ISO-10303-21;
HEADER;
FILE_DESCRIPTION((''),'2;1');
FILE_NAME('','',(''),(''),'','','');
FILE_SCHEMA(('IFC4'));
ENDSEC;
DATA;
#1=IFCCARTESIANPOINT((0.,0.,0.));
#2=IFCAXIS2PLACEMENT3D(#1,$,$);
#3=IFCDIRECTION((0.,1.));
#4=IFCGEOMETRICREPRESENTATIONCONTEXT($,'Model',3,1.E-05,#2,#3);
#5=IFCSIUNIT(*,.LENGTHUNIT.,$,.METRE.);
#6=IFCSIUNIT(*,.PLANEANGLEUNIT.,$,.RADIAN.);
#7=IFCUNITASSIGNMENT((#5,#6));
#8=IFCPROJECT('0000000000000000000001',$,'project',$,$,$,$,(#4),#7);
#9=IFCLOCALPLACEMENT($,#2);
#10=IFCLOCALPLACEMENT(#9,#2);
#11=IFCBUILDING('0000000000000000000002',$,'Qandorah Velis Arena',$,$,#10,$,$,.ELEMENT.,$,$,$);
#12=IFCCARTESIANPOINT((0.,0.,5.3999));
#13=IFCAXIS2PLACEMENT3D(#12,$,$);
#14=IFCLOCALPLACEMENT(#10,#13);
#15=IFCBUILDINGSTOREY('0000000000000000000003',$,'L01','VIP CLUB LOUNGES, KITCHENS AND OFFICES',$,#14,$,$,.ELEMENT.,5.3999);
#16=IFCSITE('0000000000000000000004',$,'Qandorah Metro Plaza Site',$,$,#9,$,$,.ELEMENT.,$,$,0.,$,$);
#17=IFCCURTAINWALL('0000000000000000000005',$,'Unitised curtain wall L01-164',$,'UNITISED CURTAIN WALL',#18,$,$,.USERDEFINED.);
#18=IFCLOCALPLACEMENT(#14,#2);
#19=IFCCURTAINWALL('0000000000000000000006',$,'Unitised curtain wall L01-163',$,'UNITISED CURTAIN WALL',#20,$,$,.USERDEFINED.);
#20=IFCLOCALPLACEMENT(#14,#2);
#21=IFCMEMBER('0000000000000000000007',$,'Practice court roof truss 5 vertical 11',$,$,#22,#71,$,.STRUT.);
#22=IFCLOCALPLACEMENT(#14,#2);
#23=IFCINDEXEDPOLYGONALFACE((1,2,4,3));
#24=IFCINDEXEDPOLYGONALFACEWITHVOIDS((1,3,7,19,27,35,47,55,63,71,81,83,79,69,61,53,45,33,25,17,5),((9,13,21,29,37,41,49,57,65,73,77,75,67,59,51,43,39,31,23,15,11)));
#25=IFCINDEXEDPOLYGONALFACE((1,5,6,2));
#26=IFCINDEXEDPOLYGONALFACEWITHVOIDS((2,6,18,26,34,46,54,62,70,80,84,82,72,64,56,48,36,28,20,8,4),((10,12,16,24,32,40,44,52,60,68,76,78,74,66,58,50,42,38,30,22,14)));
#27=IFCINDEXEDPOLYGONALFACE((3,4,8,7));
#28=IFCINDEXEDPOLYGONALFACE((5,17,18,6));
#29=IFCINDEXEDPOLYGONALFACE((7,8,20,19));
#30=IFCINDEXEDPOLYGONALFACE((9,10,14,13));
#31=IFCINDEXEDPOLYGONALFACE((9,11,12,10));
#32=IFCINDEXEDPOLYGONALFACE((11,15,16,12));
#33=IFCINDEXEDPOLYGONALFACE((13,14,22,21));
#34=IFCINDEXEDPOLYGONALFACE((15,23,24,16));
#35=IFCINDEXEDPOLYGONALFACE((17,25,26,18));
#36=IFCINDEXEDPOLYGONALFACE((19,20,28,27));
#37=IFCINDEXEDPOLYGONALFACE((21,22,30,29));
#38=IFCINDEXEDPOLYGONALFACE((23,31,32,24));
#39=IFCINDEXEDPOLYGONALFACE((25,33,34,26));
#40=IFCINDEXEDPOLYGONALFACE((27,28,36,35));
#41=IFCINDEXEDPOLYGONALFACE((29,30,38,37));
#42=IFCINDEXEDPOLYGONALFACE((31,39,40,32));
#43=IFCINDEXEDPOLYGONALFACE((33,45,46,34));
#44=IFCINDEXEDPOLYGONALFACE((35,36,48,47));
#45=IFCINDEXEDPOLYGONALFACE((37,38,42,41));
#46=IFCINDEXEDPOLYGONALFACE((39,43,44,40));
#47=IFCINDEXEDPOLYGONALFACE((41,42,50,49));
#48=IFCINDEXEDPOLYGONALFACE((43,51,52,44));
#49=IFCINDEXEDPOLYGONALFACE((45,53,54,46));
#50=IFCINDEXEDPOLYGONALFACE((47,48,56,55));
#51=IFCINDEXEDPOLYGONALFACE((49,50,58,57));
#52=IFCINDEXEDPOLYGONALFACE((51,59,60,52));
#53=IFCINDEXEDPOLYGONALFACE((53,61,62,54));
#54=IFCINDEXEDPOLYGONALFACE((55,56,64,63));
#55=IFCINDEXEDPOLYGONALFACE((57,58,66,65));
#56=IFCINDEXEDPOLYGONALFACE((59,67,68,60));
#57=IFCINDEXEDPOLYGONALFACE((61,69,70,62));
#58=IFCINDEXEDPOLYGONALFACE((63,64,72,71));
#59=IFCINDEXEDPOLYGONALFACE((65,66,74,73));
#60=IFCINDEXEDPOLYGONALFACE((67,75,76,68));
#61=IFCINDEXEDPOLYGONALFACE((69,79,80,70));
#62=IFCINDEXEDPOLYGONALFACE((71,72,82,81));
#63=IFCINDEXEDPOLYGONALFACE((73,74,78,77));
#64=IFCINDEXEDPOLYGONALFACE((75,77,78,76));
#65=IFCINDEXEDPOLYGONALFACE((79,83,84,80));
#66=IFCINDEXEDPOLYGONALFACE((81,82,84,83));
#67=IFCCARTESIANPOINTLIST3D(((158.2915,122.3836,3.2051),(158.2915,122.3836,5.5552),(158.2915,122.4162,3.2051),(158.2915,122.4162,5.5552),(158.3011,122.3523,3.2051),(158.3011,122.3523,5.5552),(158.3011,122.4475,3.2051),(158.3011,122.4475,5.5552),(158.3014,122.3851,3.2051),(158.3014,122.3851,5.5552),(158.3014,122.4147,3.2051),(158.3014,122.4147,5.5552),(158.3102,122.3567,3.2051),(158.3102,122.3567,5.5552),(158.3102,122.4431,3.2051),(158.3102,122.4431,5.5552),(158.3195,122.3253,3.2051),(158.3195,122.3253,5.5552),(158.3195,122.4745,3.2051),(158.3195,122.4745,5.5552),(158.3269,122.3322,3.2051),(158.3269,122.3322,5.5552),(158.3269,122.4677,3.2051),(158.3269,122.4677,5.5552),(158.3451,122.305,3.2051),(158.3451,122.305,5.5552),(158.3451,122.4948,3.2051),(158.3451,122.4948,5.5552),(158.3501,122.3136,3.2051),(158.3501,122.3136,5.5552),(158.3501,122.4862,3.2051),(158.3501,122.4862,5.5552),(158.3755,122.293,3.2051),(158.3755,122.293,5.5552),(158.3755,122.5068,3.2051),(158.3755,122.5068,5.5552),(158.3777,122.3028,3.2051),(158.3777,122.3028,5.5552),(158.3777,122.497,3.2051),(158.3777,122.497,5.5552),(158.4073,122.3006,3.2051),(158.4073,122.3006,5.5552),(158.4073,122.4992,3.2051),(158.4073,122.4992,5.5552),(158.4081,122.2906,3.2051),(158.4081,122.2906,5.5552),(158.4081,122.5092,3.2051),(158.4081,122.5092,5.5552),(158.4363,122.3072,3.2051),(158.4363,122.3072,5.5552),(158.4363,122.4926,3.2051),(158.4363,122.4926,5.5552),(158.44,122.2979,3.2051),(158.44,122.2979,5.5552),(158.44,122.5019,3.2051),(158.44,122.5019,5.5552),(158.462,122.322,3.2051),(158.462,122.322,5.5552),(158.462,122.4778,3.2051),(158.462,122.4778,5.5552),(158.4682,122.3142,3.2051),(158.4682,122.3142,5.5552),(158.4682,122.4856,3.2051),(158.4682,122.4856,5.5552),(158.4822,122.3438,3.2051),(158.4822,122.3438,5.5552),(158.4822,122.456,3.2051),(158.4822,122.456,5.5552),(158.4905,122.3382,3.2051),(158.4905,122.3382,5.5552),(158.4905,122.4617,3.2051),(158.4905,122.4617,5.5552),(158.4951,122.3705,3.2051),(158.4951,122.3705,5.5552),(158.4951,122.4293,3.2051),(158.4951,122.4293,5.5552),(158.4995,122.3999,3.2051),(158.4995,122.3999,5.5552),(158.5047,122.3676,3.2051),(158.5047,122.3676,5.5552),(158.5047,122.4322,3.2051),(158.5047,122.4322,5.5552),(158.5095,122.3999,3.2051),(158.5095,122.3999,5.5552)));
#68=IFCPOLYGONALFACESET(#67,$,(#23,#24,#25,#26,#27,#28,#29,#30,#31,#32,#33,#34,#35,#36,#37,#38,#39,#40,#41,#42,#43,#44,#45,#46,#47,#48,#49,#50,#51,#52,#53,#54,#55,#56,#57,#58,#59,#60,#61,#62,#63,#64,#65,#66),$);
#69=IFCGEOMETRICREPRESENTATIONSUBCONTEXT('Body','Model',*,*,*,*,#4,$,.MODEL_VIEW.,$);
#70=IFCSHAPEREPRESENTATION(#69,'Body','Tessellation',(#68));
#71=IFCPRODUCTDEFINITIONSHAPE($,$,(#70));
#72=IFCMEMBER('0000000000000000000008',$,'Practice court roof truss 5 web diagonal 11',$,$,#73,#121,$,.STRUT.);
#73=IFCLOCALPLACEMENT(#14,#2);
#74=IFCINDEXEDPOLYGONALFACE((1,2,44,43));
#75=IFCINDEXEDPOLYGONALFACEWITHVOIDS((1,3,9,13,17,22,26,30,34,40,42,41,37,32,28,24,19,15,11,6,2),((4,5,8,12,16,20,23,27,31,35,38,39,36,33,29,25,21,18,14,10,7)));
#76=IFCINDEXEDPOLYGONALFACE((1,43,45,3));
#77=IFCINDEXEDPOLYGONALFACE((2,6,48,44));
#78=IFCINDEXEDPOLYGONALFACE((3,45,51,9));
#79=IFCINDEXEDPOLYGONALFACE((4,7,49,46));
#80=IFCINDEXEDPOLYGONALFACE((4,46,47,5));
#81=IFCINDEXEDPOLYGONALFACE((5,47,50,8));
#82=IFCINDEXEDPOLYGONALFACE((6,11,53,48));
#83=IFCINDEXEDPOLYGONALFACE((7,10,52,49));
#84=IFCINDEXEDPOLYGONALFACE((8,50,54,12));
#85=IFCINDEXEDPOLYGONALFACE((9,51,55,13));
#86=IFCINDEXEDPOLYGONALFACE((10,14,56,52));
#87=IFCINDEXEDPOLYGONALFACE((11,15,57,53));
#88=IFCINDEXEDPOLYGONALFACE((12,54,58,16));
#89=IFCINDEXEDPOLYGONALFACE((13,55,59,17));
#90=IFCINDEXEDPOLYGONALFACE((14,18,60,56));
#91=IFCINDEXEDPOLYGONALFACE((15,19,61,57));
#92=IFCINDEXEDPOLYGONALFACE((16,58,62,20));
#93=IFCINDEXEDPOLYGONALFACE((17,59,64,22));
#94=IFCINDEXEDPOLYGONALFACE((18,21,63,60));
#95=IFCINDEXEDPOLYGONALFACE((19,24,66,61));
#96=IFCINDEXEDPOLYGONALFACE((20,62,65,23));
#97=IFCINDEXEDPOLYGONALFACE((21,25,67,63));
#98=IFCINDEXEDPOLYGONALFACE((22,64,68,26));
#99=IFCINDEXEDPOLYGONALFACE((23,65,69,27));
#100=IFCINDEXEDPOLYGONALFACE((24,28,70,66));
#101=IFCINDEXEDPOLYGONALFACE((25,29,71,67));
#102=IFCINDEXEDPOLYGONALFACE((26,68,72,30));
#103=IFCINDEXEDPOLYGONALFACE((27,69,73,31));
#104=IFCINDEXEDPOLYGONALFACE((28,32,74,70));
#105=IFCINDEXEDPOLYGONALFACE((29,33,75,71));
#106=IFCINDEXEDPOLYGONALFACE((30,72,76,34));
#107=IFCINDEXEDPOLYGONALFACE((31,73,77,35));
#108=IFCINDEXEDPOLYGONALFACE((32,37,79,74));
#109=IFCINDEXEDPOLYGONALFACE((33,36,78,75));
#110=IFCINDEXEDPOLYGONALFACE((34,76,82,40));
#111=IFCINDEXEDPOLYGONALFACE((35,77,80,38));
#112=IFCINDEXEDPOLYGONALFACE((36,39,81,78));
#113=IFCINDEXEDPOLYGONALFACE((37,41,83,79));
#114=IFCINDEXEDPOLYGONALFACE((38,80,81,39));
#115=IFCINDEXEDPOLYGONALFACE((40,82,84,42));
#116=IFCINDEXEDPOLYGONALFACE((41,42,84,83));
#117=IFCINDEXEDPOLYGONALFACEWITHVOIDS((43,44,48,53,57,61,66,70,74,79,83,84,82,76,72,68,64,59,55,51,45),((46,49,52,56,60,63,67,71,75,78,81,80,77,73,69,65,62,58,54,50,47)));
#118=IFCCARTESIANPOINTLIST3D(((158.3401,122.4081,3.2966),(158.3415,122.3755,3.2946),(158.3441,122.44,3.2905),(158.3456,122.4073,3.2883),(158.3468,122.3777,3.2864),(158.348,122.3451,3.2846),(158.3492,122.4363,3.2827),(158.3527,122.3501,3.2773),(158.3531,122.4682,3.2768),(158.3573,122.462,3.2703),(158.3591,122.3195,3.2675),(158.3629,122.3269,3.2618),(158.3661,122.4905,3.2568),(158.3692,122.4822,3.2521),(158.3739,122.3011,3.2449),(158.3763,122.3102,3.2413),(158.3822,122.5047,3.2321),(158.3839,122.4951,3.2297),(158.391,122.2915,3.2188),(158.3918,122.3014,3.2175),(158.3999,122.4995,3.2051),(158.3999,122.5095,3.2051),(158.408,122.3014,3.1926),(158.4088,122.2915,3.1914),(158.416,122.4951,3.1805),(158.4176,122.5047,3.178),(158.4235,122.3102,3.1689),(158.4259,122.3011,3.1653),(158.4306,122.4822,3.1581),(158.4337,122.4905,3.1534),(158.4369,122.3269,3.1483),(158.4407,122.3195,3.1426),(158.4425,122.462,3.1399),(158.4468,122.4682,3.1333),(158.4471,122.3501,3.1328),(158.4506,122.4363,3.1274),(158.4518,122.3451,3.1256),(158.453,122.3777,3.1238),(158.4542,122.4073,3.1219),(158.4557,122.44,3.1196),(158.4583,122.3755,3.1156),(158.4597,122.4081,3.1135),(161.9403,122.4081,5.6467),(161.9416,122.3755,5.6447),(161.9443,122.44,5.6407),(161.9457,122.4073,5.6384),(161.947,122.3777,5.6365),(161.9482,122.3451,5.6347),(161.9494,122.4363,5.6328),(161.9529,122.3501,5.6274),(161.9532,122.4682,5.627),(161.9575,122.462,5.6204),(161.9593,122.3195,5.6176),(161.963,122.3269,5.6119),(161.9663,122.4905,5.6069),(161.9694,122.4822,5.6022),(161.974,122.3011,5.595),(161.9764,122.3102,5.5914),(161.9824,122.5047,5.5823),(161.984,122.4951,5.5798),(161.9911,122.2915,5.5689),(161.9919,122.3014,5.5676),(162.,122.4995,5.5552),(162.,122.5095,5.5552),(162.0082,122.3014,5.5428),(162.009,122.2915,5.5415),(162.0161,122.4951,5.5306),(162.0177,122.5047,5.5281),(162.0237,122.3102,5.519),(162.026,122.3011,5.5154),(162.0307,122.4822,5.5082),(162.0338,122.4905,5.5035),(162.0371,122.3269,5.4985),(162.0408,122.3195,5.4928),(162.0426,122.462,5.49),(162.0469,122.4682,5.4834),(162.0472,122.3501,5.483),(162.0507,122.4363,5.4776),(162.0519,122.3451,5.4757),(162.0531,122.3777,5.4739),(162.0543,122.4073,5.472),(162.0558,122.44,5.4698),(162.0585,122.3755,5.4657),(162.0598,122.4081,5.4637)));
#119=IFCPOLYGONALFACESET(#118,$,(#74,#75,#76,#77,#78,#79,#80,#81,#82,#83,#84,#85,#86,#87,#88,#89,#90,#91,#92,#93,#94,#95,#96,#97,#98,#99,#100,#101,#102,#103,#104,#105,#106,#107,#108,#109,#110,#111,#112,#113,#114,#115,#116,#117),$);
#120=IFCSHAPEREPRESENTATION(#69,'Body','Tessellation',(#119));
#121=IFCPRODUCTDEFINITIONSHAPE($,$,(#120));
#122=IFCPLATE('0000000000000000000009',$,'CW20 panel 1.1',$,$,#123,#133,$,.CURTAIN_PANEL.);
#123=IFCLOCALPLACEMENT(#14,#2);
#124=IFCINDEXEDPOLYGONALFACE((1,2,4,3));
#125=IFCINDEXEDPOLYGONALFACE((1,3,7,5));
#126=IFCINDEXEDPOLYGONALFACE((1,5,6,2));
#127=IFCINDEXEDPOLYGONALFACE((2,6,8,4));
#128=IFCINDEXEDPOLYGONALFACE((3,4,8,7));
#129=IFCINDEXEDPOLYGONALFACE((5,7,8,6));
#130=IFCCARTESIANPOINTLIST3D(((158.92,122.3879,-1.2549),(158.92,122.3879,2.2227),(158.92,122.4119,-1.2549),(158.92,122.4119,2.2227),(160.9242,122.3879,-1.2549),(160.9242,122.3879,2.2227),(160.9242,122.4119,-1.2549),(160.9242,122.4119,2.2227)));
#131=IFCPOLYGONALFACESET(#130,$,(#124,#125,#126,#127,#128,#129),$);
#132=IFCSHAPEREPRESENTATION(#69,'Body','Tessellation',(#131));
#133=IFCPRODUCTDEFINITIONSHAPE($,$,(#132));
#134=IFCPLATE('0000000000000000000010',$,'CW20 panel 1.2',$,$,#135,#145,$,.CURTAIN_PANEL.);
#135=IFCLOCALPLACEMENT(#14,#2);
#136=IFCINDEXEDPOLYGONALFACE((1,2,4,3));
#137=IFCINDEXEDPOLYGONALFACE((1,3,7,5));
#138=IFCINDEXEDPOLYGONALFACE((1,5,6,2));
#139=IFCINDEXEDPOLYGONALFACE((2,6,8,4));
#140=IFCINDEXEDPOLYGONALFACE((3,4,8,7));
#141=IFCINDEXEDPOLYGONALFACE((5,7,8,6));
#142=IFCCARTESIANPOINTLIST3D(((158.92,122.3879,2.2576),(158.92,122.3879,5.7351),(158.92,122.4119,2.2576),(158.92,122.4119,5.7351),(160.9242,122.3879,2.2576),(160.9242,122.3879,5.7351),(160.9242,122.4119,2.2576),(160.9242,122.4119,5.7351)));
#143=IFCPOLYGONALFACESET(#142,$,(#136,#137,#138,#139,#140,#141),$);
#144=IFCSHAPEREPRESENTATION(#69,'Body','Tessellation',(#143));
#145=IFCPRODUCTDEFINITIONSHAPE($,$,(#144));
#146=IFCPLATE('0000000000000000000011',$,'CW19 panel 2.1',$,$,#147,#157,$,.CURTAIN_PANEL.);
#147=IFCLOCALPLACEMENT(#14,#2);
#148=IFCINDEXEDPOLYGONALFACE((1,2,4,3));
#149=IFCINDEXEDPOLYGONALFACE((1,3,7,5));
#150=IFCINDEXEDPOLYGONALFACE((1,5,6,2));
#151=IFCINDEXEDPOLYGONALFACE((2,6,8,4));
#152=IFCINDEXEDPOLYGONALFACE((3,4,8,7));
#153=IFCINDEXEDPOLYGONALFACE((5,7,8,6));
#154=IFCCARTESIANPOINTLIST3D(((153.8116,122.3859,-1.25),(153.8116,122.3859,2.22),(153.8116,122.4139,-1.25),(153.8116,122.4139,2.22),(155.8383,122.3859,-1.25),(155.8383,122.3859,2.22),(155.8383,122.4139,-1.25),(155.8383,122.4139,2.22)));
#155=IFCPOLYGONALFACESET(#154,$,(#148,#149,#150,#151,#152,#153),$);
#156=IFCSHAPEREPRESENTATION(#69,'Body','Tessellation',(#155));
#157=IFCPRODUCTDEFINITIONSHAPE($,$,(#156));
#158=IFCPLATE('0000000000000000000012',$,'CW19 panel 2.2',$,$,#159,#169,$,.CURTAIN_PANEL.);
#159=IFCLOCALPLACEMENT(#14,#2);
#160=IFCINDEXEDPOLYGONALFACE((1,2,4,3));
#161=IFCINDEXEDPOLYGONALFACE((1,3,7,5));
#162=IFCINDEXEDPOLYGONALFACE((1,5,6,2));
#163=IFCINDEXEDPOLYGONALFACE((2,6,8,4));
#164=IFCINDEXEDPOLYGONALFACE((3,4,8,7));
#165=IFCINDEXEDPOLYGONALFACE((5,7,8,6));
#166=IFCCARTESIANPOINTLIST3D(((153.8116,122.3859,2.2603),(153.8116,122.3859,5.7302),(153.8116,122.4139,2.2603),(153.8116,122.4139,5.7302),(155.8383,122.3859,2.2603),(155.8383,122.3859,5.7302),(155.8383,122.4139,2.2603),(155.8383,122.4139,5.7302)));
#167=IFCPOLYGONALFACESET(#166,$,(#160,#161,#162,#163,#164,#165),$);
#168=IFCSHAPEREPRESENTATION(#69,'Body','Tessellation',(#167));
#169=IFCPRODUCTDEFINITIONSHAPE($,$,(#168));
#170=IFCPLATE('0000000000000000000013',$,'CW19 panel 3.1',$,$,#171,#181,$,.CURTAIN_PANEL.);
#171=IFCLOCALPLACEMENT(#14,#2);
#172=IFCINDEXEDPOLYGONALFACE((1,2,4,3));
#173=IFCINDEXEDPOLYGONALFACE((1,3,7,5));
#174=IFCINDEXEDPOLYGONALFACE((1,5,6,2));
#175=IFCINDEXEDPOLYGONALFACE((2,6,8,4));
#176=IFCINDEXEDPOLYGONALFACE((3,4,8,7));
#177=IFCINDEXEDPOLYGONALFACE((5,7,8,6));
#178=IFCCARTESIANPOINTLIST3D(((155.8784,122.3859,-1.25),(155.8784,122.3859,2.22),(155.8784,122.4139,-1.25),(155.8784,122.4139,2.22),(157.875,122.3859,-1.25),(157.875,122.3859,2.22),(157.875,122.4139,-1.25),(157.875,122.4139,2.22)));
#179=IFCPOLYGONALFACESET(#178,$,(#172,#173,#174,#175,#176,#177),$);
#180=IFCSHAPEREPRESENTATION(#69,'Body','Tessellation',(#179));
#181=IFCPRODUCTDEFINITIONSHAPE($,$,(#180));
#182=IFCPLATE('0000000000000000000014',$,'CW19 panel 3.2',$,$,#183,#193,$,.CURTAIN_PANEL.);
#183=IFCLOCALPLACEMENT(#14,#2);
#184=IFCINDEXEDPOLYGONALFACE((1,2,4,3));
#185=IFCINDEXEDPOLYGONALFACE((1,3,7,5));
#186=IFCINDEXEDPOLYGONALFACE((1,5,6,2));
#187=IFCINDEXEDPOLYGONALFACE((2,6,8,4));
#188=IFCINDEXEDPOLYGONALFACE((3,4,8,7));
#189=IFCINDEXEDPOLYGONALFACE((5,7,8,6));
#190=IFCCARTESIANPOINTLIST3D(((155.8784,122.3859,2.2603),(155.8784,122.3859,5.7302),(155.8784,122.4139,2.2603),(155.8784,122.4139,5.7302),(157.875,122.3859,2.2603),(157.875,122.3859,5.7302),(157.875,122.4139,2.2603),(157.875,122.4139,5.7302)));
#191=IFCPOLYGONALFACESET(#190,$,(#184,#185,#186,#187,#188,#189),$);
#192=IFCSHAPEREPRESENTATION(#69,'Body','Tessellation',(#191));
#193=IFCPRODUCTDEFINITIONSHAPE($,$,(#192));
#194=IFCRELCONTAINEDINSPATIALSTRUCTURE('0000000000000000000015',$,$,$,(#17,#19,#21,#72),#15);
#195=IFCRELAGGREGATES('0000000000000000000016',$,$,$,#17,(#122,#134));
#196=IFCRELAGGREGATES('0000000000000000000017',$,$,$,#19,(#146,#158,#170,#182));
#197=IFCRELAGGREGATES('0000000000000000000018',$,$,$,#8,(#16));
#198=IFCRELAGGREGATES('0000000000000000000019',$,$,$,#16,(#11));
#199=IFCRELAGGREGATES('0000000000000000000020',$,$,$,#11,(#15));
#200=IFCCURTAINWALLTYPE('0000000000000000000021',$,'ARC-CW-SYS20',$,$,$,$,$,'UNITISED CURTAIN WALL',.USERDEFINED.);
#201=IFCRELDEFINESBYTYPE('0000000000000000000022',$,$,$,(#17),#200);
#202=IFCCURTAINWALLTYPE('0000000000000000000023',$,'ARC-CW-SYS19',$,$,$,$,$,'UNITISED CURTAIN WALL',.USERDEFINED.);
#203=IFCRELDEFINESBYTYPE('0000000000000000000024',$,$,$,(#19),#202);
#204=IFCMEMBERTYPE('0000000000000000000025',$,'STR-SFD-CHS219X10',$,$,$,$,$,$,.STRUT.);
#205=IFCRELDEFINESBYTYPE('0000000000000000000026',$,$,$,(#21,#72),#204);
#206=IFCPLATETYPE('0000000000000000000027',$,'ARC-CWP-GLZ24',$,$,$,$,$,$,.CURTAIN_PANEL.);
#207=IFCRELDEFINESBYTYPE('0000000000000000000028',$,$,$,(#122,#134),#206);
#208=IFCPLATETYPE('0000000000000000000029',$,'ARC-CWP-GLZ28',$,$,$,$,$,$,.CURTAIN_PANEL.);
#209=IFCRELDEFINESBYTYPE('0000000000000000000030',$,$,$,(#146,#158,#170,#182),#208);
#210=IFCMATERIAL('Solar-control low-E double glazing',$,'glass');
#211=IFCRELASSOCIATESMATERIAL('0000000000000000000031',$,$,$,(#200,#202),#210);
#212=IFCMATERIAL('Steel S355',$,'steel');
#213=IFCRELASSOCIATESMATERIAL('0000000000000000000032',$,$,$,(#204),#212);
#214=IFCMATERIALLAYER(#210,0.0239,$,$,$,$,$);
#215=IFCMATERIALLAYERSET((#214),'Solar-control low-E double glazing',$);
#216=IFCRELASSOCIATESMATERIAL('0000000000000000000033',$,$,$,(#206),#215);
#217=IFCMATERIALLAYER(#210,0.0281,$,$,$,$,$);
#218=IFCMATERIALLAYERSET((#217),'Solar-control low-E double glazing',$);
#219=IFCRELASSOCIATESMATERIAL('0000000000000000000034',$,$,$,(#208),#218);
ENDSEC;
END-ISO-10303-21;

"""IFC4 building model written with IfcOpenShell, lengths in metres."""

from ifc_helpers import new_model, si_unit, direction, frame, origin, origin_2d, place, context, subcontext, project, spatial, rectangle, hollow_circle, extrude, material, layer, layer_set, material_profile, profile_set, type_object, element, aggregate, save


model = new_model("IFC4")

# Units and contexts
model_context = context("Model", 3, precision=1e-05, world=origin(), true_north=direction((0.0, 1.0)))
body_context = subcontext(model_context, "Body", "Model", "MODEL_VIEW")
ifc_project = project(units=[si_unit("LENGTHUNIT", "METRE"), si_unit("PLANEANGLEUNIT", "RADIAN")], contexts=[model_context])

# Site, building, storey
site_placement = place(None, origin())
site = spatial("IfcSite", under=ifc_project, at=site_placement, Name="Qandorah Metro Plaza Site", CompositionType="ELEMENT", RefElevation=0.0)
building_placement = place(site_placement, origin())
building = spatial("IfcBuilding", under=site, at=building_placement, Name="Qandorah Velis Arena", CompositionType="ELEMENT")
storey_placement = place(building_placement, frame((0.0, 0.0, 5.3999)))
storey = spatial("IfcBuildingStorey", under=building, at=storey_placement, Name="L01", Description="VIP CLUB LOUNGES, KITCHENS AND OFFICES", CompositionType="ELEMENT", Elevation=5.3999)

# Curtain wall
ifc_material_1 = material(Name="Solar-control low-E double glazing", Category="glass")
curtain_wall_type_1 = type_object("IfcCurtainWallType", Name="ARC-CW-SYS20", ElementType="UNITISED CURTAIN WALL", PredefinedType="USERDEFINED", material=ifc_material_1)
curtain_wall_1_placement = place(storey_placement, origin())
curtain_wall_1 = element("IfcCurtainWall", 1, at=curtain_wall_1_placement, inside=storey, type_object=curtain_wall_type_1, Name="Unitised curtain wall L01-164", ObjectType="UNITISED CURTAIN WALL", PredefinedType="USERDEFINED")

# Curtain wall
curtain_wall_type_2 = type_object("IfcCurtainWallType", Name="ARC-CW-SYS19", ElementType="UNITISED CURTAIN WALL", PredefinedType="USERDEFINED", material=ifc_material_1)
curtain_wall_2_placement = place(storey_placement, origin())
curtain_wall_2 = element("IfcCurtainWall", 2, at=curtain_wall_2_placement, inside=storey, type_object=curtain_wall_type_2, Name="Unitised curtain wall L01-163", ObjectType="UNITISED CURTAIN WALL", PredefinedType="USERDEFINED")

# Members
ifc_material_2 = material(Name="Steel S355", Category="steel")
ifc_material_profile_1 = material_profile(ifc_material_2, hollow_circle(Radius=0.1096, WallThickness=0.01, at=origin_2d()), Name="CHS 219.1x10")
ifc_profile_set_1 = profile_set([ifc_material_profile_1], Name="Steel S355")
member_type_1 = type_object("IfcMemberType", Name="STR-SFD-CHS219X10", PredefinedType="STRUT", material=ifc_profile_set_1)
member_1_placement = place(storey_placement, frame((158.3999, 122.3999, 3.2051), z_axis=(0.0, 0.0, 1.0), x_axis=(1.0, 0.0, 0.0)))
element("IfcMember", 3, at=member_1_placement, inside=storey, type_object=member_type_1, Name="Practice court roof truss 5 vertical 11", PredefinedType="STRUT", context=body_context, shape_type="SweptSolid", body=[
    extrude(hollow_circle(Radius=0.1096, WallThickness=0.01, at=origin_2d()), origin(), (0.0, 0.0, 1.0), 2.3501),
])
member_2_placement = place(storey_placement, frame((158.3999, 122.3999, 3.2051), z_axis=(0.837376, 0.0, 0.546628), x_axis=(0.0, 1.0, 0.0)))
element("IfcMember", 4, at=member_2_placement, inside=storey, type_object=member_type_1, Name="Practice court roof truss 5 web diagonal 11", PredefinedType="STRUT", context=body_context, shape_type="SweptSolid", body=[
    extrude(hollow_circle(Radius=0.1096, WallThickness=0.01, at=origin_2d()), origin(), (0.0, 0.0, 1.0), 4.2993),
])

# Plates
ifc_layer_1 = layer(ifc_material_1, 0.0239)
ifc_layer_set_1 = layer_set([ifc_layer_1], Name="Solar-control low-E double glazing")
plate_type_1 = type_object("IfcPlateType", Name="ARC-CWP-GLZ24", PredefinedType="CURTAIN_PANEL", material=ifc_layer_set_1)
plate_1_placement = place(storey_placement, frame((159.9221, 122.3999, -1.2549), z_axis=(0.0, 0.0, 1.0), x_axis=(1.0, 0.0, 0.0)))
plate_1 = element("IfcPlate", 5, at=plate_1_placement, type_object=plate_type_1, Name="CW20 panel 1.1", PredefinedType="CURTAIN_PANEL", context=body_context, shape_type="SweptSolid", body=[
    extrude(rectangle(XDim=2.0042, YDim=0.0239, at=origin_2d()), origin(), (0.0, 0.0, 1.0), 3.4775),
])
plate_2_placement = place(storey_placement, frame((159.9221, 122.3999, 2.2576), z_axis=(0.0, 0.0, 1.0), x_axis=(1.0, 0.0, 0.0)))
plate_2 = element("IfcPlate", 6, at=plate_2_placement, type_object=plate_type_1, Name="CW20 panel 1.2", PredefinedType="CURTAIN_PANEL", context=body_context, shape_type="SweptSolid", body=[
    extrude(rectangle(XDim=2.0042, YDim=0.0239, at=origin_2d()), origin(), (0.0, 0.0, 1.0), 3.4775),
])
aggregate(curtain_wall_1, [plate_1, plate_2])
ifc_layer_2 = layer(ifc_material_1, 0.0281)
ifc_layer_set_2 = layer_set([ifc_layer_2], Name="Solar-control low-E double glazing")
plate_type_2 = type_object("IfcPlateType", Name="ARC-CWP-GLZ28", PredefinedType="CURTAIN_PANEL", material=ifc_layer_set_2)
plate_3_placement = place(storey_placement, frame((154.825, 122.3999, -1.25), z_axis=(0.0, 0.0, 1.0), x_axis=(1.0, 0.0, 0.0)))
plate_3 = element("IfcPlate", 7, at=plate_3_placement, type_object=plate_type_2, Name="CW19 panel 2.1", PredefinedType="CURTAIN_PANEL", context=body_context, shape_type="SweptSolid", body=[
    extrude(rectangle(XDim=2.0266, YDim=0.0281, at=origin_2d()), origin(), (0.0, 0.0, 1.0), 3.47),
])
plate_4_placement = place(storey_placement, frame((154.825, 122.3999, 2.2603), z_axis=(0.0, 0.0, 1.0), x_axis=(1.0, 0.0, 0.0)))
plate_4 = element("IfcPlate", 8, at=plate_4_placement, type_object=plate_type_2, Name="CW19 panel 2.2", PredefinedType="CURTAIN_PANEL", context=body_context, shape_type="SweptSolid", body=[
    extrude(rectangle(XDim=2.0266, YDim=0.0281, at=origin_2d()), origin(), (0.0, 0.0, 1.0), 3.47),
])
plate_5_placement = place(storey_placement, frame((156.8767, 122.3999, -1.25), z_axis=(0.0, 0.0, 1.0), x_axis=(1.0, 0.0, 0.0)))
plate_5 = element("IfcPlate", 9, at=plate_5_placement, type_object=plate_type_2, Name="CW19 panel 3.1", PredefinedType="CURTAIN_PANEL", context=body_context, shape_type="SweptSolid", body=[
    extrude(rectangle(XDim=1.9966, YDim=0.0281, at=origin_2d()), origin(), (0.0, 0.0, 1.0), 3.47),
])
plate_6_placement = place(storey_placement, frame((156.8767, 122.3999, 2.2603), z_axis=(0.0, 0.0, 1.0), x_axis=(1.0, 0.0, 0.0)))
plate_6 = element("IfcPlate", 10, at=plate_6_placement, type_object=plate_type_2, Name="CW19 panel 3.2", PredefinedType="CURTAIN_PANEL", context=body_context, shape_type="SweptSolid", body=[
    extrude(rectangle(XDim=1.9966, YDim=0.0281, at=origin_2d()), origin(), (0.0, 0.0, 1.0), 3.47),
])
aggregate(curtain_wall_2, [plate_3, plate_4, plate_5, plate_6])

save(model, "model.ifc")
